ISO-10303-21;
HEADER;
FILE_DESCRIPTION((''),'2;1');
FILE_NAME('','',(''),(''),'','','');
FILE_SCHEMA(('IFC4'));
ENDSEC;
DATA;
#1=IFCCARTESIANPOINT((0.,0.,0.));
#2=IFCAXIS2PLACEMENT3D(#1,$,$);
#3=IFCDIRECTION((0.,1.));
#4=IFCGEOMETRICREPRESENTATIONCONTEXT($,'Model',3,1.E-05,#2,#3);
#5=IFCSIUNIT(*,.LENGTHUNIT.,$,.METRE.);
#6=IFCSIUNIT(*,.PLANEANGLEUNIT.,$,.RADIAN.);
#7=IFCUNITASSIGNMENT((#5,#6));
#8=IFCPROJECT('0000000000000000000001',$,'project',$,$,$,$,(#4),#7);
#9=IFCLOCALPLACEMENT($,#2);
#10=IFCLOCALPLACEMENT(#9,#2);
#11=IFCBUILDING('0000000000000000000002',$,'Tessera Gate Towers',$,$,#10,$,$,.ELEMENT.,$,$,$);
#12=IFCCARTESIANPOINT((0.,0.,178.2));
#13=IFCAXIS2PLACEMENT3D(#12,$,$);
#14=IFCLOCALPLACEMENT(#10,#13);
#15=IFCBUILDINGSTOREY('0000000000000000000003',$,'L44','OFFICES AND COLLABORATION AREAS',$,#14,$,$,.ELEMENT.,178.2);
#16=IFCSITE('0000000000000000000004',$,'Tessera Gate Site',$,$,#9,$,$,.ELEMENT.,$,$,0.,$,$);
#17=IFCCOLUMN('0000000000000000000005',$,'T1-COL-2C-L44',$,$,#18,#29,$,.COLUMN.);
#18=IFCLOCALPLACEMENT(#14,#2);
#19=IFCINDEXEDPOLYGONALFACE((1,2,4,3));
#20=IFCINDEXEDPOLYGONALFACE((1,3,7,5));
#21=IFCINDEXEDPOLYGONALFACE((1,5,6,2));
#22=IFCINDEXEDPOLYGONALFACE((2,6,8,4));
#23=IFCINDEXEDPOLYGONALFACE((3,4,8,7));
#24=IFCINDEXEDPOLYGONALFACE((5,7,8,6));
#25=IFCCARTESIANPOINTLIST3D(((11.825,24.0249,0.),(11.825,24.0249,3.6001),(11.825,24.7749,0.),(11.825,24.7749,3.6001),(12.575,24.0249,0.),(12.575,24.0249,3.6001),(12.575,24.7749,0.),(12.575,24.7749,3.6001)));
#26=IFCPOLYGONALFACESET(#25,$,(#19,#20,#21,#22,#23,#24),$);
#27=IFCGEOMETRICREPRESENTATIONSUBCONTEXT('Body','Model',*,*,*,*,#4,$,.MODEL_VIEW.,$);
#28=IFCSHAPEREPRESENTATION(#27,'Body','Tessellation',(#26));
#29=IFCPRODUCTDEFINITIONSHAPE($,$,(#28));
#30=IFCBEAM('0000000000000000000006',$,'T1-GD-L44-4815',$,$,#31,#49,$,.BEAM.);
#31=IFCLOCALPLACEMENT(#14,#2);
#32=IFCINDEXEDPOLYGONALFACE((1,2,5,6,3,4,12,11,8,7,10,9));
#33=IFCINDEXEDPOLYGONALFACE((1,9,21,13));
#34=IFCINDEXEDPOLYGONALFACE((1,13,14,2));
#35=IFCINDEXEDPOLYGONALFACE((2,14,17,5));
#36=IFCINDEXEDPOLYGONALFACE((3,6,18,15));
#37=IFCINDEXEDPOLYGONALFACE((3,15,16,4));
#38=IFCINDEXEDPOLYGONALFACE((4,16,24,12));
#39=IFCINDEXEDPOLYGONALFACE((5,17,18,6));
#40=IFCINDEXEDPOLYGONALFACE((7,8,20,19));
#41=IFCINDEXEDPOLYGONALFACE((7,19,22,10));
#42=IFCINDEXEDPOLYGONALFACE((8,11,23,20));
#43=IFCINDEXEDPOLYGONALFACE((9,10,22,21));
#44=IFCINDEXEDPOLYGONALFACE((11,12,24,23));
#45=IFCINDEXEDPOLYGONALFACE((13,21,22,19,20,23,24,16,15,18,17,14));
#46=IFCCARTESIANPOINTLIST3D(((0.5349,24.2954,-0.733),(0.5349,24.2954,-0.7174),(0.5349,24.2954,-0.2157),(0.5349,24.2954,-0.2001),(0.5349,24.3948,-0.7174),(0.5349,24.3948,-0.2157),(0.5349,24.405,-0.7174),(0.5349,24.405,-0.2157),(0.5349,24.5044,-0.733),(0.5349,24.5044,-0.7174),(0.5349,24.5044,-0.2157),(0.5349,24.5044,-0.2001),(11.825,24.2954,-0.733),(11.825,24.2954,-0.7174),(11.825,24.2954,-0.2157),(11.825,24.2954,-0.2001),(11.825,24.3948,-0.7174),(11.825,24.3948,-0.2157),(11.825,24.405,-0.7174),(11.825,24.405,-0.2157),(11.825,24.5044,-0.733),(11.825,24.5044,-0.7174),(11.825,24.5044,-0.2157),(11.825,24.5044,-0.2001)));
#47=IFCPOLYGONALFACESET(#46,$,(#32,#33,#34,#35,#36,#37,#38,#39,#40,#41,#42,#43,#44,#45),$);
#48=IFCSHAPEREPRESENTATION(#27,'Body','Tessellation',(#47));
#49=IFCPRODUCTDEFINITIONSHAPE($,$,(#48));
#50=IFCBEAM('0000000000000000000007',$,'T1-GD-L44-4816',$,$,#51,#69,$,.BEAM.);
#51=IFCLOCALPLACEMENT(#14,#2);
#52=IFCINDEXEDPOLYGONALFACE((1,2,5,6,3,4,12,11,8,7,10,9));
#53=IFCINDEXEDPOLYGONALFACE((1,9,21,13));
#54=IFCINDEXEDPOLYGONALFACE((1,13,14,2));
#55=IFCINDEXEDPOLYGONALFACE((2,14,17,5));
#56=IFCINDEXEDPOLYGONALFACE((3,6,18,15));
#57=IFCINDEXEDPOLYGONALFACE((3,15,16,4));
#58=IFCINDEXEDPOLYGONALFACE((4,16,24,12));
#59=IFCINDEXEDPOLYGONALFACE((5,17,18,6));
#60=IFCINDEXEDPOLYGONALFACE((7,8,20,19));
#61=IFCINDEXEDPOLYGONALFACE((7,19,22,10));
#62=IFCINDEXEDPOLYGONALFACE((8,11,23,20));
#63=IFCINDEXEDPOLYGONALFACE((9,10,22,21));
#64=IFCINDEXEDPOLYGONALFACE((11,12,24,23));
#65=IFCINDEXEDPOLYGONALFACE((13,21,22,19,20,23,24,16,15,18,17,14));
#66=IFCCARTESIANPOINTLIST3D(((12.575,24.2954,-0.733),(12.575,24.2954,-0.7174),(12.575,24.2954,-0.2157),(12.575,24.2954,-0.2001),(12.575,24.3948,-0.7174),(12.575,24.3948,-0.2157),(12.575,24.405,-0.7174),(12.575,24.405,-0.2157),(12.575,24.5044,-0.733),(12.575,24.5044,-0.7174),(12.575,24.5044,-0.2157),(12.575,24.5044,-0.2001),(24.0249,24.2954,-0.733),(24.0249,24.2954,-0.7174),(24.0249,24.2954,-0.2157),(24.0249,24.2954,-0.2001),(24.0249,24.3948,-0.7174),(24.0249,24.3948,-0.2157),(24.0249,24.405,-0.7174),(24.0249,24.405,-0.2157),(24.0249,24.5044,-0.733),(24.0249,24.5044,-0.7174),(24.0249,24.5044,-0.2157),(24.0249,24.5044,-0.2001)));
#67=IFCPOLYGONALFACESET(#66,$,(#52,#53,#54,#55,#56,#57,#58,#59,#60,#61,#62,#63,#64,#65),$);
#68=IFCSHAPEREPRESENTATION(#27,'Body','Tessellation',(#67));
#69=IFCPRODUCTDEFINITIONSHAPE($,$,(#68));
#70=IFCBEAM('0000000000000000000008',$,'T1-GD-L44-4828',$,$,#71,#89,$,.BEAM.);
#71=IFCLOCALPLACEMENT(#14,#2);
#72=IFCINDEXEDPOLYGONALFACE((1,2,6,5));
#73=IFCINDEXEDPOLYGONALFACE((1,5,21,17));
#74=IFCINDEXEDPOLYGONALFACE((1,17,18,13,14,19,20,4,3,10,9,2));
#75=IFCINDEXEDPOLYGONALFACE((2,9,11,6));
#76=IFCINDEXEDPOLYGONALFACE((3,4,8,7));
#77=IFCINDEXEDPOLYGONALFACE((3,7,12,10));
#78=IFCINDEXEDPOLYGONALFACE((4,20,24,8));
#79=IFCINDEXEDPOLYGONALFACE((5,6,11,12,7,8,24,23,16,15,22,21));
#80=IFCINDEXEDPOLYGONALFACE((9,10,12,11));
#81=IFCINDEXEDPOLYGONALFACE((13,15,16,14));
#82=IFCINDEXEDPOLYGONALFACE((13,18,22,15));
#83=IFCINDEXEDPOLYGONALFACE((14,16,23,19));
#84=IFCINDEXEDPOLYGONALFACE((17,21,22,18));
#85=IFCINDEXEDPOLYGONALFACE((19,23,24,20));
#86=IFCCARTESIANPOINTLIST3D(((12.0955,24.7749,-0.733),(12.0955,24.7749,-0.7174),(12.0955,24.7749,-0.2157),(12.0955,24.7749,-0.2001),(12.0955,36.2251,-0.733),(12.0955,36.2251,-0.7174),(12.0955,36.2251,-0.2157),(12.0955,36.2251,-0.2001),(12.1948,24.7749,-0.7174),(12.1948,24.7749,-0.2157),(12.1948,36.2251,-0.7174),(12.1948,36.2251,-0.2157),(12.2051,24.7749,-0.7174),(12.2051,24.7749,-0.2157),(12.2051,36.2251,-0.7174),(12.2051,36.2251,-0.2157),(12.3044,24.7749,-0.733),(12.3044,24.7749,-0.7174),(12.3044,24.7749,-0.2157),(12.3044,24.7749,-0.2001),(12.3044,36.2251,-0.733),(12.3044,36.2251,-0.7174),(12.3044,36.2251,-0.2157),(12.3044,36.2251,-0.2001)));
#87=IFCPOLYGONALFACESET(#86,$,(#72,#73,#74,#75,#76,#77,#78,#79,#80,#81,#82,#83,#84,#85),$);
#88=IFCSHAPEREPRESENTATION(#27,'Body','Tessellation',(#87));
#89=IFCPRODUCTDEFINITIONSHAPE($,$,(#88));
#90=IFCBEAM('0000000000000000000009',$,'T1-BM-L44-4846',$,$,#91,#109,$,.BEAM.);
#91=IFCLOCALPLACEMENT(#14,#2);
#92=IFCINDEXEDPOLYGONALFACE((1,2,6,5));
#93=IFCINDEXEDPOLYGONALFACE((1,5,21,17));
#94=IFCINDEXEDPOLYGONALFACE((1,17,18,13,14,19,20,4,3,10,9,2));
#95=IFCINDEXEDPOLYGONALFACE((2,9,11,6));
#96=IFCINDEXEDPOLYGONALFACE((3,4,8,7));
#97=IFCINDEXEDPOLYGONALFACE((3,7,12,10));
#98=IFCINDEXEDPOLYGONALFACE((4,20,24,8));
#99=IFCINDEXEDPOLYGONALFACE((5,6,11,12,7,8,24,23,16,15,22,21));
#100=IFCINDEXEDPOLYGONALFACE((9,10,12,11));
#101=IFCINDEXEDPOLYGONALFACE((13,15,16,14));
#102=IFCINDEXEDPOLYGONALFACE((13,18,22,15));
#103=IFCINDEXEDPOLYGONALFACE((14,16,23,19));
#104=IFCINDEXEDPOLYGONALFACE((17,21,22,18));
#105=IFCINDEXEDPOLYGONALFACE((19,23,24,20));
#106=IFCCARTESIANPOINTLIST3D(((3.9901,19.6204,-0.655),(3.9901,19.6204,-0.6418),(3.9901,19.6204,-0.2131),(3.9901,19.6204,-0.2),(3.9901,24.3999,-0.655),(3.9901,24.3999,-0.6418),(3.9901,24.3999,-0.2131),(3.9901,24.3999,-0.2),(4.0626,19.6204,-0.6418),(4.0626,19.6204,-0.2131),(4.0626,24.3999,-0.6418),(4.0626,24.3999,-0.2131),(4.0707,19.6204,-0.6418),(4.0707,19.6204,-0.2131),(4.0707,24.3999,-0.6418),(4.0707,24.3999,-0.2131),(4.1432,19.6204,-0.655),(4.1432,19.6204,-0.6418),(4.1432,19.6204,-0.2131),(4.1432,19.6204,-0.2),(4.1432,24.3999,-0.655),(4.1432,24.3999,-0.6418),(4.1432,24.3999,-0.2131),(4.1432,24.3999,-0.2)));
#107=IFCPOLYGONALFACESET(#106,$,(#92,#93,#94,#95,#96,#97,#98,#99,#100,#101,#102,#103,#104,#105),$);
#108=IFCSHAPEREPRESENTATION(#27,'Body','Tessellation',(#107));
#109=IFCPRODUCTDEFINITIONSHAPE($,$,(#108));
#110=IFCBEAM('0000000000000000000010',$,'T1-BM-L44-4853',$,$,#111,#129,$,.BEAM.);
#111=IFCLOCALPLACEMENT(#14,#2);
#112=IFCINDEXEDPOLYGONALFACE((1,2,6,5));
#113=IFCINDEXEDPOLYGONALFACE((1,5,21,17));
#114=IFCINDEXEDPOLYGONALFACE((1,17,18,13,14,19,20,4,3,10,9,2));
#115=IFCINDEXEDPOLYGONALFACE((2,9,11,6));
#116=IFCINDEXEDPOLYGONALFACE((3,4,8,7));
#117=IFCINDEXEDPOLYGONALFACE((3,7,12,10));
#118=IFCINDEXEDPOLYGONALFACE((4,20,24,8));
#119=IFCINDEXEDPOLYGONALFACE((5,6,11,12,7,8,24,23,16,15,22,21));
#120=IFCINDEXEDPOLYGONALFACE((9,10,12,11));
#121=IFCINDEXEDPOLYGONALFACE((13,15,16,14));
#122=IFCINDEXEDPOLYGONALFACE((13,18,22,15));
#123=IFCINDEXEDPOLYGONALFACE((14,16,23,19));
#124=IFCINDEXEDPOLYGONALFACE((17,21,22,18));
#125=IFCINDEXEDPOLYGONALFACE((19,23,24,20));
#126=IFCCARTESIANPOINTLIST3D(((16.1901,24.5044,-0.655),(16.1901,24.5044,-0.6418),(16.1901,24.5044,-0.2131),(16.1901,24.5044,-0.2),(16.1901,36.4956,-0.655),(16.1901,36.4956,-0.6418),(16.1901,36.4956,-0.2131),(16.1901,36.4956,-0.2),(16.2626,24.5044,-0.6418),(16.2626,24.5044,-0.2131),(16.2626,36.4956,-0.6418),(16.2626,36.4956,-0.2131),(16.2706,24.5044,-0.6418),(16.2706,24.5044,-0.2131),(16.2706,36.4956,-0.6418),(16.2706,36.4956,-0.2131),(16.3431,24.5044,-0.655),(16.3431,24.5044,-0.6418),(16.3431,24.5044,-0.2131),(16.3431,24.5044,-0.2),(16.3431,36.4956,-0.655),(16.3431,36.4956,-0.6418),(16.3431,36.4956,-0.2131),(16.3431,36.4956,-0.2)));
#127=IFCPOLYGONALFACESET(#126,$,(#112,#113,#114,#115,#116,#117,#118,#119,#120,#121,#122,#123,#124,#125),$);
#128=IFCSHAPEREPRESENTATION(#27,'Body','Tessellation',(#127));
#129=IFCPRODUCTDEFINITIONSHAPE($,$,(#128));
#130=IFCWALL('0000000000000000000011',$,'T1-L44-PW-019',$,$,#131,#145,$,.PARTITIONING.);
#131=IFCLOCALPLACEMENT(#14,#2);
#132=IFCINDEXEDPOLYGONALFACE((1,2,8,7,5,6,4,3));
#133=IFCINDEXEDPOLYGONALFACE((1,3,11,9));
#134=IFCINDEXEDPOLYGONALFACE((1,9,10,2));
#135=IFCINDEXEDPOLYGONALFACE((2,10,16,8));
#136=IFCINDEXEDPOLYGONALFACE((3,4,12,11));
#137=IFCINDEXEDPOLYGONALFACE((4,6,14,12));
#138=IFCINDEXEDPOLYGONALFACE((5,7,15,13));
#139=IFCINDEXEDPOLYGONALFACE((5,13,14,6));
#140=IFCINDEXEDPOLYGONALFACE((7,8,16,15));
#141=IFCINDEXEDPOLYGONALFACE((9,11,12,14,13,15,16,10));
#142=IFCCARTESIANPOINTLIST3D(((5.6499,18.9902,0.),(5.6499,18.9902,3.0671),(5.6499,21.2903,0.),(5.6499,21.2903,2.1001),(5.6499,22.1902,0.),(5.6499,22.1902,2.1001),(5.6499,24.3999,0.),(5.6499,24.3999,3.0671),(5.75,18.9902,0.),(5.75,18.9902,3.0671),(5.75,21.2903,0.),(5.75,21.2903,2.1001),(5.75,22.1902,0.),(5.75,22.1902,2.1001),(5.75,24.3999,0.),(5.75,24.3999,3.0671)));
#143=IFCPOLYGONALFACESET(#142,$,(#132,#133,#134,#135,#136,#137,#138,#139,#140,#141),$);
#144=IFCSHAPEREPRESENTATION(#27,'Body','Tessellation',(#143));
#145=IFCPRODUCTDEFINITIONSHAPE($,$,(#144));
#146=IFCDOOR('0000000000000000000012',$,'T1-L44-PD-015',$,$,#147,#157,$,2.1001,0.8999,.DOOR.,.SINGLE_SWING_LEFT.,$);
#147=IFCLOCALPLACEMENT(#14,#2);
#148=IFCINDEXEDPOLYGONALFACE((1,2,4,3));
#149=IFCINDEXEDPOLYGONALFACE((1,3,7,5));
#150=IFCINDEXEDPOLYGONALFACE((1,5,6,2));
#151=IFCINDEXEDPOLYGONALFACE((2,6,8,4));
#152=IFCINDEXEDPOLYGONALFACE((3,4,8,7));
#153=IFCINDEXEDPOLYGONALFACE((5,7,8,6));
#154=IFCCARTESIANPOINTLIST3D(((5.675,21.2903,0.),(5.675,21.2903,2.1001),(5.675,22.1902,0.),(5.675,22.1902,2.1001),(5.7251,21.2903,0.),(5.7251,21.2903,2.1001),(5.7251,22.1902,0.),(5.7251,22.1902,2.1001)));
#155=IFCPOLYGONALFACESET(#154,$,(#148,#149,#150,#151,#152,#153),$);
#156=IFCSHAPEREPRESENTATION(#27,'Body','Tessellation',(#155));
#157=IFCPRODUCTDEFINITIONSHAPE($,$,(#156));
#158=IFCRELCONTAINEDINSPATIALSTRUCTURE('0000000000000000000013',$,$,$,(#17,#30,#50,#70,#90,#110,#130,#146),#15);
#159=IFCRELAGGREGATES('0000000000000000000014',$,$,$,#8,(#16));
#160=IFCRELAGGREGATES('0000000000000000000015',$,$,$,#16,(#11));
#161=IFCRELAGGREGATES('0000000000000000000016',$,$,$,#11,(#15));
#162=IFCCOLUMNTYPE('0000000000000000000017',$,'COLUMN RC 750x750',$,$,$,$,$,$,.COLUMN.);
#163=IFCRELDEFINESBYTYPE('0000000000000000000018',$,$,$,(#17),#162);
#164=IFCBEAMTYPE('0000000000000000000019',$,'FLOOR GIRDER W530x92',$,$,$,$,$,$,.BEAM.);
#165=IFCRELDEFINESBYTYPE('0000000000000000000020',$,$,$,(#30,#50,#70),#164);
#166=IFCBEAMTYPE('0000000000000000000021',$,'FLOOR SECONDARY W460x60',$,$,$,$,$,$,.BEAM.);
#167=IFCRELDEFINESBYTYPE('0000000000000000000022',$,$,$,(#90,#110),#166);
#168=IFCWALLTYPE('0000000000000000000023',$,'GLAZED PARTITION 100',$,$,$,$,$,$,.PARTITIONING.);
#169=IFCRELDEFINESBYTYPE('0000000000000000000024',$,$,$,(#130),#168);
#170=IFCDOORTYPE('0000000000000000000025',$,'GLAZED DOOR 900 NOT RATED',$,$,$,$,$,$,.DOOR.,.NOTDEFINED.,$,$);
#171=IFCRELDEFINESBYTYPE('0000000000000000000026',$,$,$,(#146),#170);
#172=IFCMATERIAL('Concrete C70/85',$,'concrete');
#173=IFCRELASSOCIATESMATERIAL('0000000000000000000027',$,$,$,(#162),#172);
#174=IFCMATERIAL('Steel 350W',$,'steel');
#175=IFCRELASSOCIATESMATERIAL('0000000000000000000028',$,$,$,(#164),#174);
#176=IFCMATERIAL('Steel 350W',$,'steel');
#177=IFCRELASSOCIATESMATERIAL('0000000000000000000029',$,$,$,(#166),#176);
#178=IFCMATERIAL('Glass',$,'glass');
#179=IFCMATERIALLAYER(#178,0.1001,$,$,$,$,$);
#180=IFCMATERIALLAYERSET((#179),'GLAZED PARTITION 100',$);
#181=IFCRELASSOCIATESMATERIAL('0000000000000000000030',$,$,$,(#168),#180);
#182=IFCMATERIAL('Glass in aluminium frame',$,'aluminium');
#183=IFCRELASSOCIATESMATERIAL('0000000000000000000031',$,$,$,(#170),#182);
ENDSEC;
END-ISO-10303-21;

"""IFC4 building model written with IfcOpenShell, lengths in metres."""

from ifc_helpers import new_model, si_unit, direction, frame, frame_2d, origin, origin_2d, place, context, subcontext, project, spatial, rectangle, i_section, extrude, source, transform, mapped, material, layer, layer_set, material_profile, profile_set, type_object, element, fill, save


model = new_model("IFC4")

# Units and contexts
model_context = context("Model", 3, precision=1e-05, world=origin(), true_north=direction((0.0, 1.0)))
body_context = subcontext(model_context, "Body", "Model", "MODEL_VIEW")
ifc_project = project(units=[si_unit("LENGTHUNIT", "METRE"), si_unit("PLANEANGLEUNIT", "RADIAN")], contexts=[model_context])

# Site, building, storey
site_placement = place(None, origin())
site = spatial("IfcSite", under=ifc_project, at=site_placement, Name="Tessera Gate Site", CompositionType="ELEMENT", RefElevation=0.0)
building_placement = place(site_placement, origin())
building = spatial("IfcBuilding", under=site, at=building_placement, Name="Tessera Gate Towers", CompositionType="ELEMENT")
storey_placement = place(building_placement, frame((0.0, 0.0, 178.2)))
storey = spatial("IfcBuildingStorey", under=building, at=storey_placement, Name="L44", Description="OFFICES AND COLLABORATION AREAS", CompositionType="ELEMENT", Elevation=178.2)

# Column
ifc_material_1 = material(Name="Concrete C70/85", Category="concrete")
ifc_material_profile_1 = material_profile(ifc_material_1, rectangle(XDim=0.75, YDim=0.75, at=origin_2d()), Name="RC 750x750")
ifc_profile_set_1 = profile_set([ifc_material_profile_1], Name="Concrete C70/85")
column_type = type_object("IfcColumnType", Name="COLUMN RC 750x750", PredefinedType="COLUMN", material=ifc_profile_set_1)
column_placement = place(storey_placement, frame((12.2, 24.3999, 0.0), z_axis=(0.0, 0.0, 1.0), x_axis=(1.0, 0.0, 0.0)))
element("IfcColumn", 1, at=column_placement, inside=storey, type_object=column_type, Name="T1-COL-2C-L44", PredefinedType="COLUMN", context=body_context, shape_type="SweptSolid", body=[
    extrude(rectangle(XDim=0.75, YDim=0.75, at=origin_2d()), origin(), (0.0, 0.0, 1.0), 3.6001),
])

# Beams
ifc_material_2 = material(Name="Steel 350W", Category="steel")
ifc_material_profile_2 = material_profile(ifc_material_2, i_section(OverallWidth=0.209, OverallDepth=0.533, WebThickness=0.0103, FlangeThickness=0.0156, at=origin_2d()), Name="W530x92")
ifc_profile_set_2 = profile_set([ifc_material_profile_2], Name="Steel 350W")
beam_type_1 = type_object("IfcBeamType", Name="FLOOR GIRDER W530x92", PredefinedType="BEAM", material=ifc_profile_set_2)
beam_1_placement = place(storey_placement, frame((0.5349, 24.3999, -0.4666), z_axis=(1.0, 0.0, 0.0), x_axis=(0.0, 1.0, 0.0)))
element("IfcBeam", 2, at=beam_1_placement, inside=storey, type_object=beam_type_1, Name="T1-GD-L44-4815", PredefinedType="BEAM", context=body_context, shape_type="SweptSolid", body=[
    extrude(i_section(OverallWidth=0.209, OverallDepth=0.533, WebThickness=0.0103, FlangeThickness=0.0156, at=origin_2d()), origin(), (0.0, 0.0, 1.0), 11.29),
])
beam_2_placement = place(storey_placement, frame((12.575, 24.3999, -0.4666), z_axis=(1.0, 0.0, 0.0), x_axis=(0.0, 1.0, 0.0)))
element("IfcBeam", 3, at=beam_2_placement, inside=storey, type_object=beam_type_1, Name="T1-GD-L44-4816", PredefinedType="BEAM", context=body_context, shape_type="SweptSolid", body=[
    extrude(i_section(OverallWidth=0.209, OverallDepth=0.533, WebThickness=0.0103, FlangeThickness=0.0156, at=origin_2d()), origin(), (0.0, 0.0, 1.0), 11.45),
])
beam_3_placement = place(storey_placement, frame((12.2, 24.7749, -0.4666), z_axis=(0.0, 1.0, 0.0), x_axis=(-1.0, 0.0, 0.0)))
element("IfcBeam", 4, at=beam_3_placement, inside=storey, type_object=beam_type_1, Name="T1-GD-L44-4828", PredefinedType="BEAM", context=body_context, shape_type="SweptSolid", body=[
    extrude(i_section(OverallWidth=0.209, OverallDepth=0.533, WebThickness=0.0103, FlangeThickness=0.0156, at=origin_2d()), origin(), (0.0, 0.0, 1.0), 11.4502),
])
ifc_material_3 = material(Name="Steel 350W", Category="steel")
ifc_material_profile_3 = material_profile(ifc_material_3, i_section(OverallWidth=0.1531, OverallDepth=0.4551, WebThickness=0.0081, FlangeThickness=0.0132, at=origin_2d()), Name="W460x60")
ifc_profile_set_3 = profile_set([ifc_material_profile_3], Name="Steel 350W")
beam_type_2 = type_object("IfcBeamType", Name="FLOOR SECONDARY W460x60", PredefinedType="BEAM", material=ifc_profile_set_3)
beam_4_placement = place(storey_placement, frame((4.0667, 19.6204, -0.4275), z_axis=(0.0, 1.0, 0.0), x_axis=(-1.0, 0.0, 0.0)))
element("IfcBeam", 5, at=beam_4_placement, inside=storey, type_object=beam_type_2, Name="T1-BM-L44-4846", PredefinedType="BEAM", context=body_context, shape_type="SweptSolid", body=[
    extrude(i_section(OverallWidth=0.1531, OverallDepth=0.4551, WebThickness=0.0081, FlangeThickness=0.0132, at=origin_2d()), origin(), (0.0, 0.0, 1.0), 4.7795),
])
beam_5_placement = place(storey_placement, frame((16.2666, 24.5044, -0.4275), z_axis=(0.0, 1.0, 0.0), x_axis=(-1.0, 0.0, 0.0)))
element("IfcBeam", 6, at=beam_5_placement, inside=storey, type_object=beam_type_2, Name="T1-BM-L44-4853", PredefinedType="BEAM", context=body_context, shape_type="SweptSolid", body=[
    extrude(i_section(OverallWidth=0.1531, OverallDepth=0.4551, WebThickness=0.0081, FlangeThickness=0.0132, at=origin_2d()), origin(), (0.0, 0.0, 1.0), 11.9912),
])

# Wall, opening, door
ifc_material_4 = material(Name="Glass", Category="glass")
ifc_layer_1 = layer(ifc_material_4, 0.1001)
ifc_layer_set_1 = layer_set([ifc_layer_1], Name="GLAZED PARTITION 100")
wall_type_1 = type_object("IfcWallType", Name="GLAZED PARTITION 100", PredefinedType="PARTITIONING", material=ifc_layer_set_1)
wall_1_placement = place(storey_placement, frame((5.7, 18.9902, 0.0), z_axis=(0.0, 0.0, 1.0), x_axis=(0.0, 1.0, 0.0)))
wall_1 = element("IfcWall", 7, at=wall_1_placement, inside=storey, type_object=wall_type_1, Name="T1-L44-PW-019", PredefinedType="PARTITIONING", context=body_context, shape_type="SweptSolid", body=[
    extrude(rectangle(XDim=5.4097, YDim=0.1001, at=frame_2d((2.7048, 0.0))), origin(), (0.0, 0.0, 1.0), 3.0671),
])
shared_shape_1 = source(origin(), body_context, "Body", "SweptSolid", [
    extrude(rectangle(XDim=0.8999, YDim=2.1001, at=frame_2d((0.45, 1.05))), frame((0.0, 0.0601, 0.0), z_axis=(0.0, -1.0, 0.0), x_axis=(1.0, 0.0, 0.0)), (0.0, 0.0, 1.0), 0.1201),
])
opening_1_placement = place(wall_1_placement, frame((2.3, 0.0, 0.0)))
opening_1 = element("IfcOpeningElement", 8, at=opening_1_placement, cuts=wall_1, PredefinedType="OPENING", context=body_context, shape_type="MappedRepresentation", body=[
    mapped(shared_shape_1, transform((0.0, 0.0, 0.0), scale=1.0)),
])
ifc_material_5 = material(Name="Glass in aluminium frame", Category="aluminium")
door_type_1 = type_object("IfcDoorType", Name="GLAZED DOOR 900 NOT RATED", OperationType="NOTDEFINED", PredefinedType="DOOR", material=ifc_material_5)
shared_shape_2 = source(origin(), body_context, "Body", "SweptSolid", [
    extrude(rectangle(XDim=0.8999, YDim=2.1001, at=frame_2d((0.45, 1.05))), frame((0.0, 0.0249, 0.0), z_axis=(0.0, -1.0, 0.0), x_axis=(1.0, 0.0, 0.0)), (0.0, 0.0, 1.0), 0.05),
])
door_1_placement = place(opening_1_placement, origin())
door_1 = element("IfcDoor", 9, at=door_1_placement, inside=storey, type_object=door_type_1, Name="T1-L44-PD-015", OperationType="SINGLE_SWING_LEFT", OverallHeight=2.1001, OverallWidth=0.8999, PredefinedType="DOOR", context=body_context, shape_type="MappedRepresentation", body=[
    mapped(shared_shape_2, transform((0.0, 0.0, 0.0), scale=1.0)),
])
fill(opening_1, door_1)

save(model, "model.ifc")
